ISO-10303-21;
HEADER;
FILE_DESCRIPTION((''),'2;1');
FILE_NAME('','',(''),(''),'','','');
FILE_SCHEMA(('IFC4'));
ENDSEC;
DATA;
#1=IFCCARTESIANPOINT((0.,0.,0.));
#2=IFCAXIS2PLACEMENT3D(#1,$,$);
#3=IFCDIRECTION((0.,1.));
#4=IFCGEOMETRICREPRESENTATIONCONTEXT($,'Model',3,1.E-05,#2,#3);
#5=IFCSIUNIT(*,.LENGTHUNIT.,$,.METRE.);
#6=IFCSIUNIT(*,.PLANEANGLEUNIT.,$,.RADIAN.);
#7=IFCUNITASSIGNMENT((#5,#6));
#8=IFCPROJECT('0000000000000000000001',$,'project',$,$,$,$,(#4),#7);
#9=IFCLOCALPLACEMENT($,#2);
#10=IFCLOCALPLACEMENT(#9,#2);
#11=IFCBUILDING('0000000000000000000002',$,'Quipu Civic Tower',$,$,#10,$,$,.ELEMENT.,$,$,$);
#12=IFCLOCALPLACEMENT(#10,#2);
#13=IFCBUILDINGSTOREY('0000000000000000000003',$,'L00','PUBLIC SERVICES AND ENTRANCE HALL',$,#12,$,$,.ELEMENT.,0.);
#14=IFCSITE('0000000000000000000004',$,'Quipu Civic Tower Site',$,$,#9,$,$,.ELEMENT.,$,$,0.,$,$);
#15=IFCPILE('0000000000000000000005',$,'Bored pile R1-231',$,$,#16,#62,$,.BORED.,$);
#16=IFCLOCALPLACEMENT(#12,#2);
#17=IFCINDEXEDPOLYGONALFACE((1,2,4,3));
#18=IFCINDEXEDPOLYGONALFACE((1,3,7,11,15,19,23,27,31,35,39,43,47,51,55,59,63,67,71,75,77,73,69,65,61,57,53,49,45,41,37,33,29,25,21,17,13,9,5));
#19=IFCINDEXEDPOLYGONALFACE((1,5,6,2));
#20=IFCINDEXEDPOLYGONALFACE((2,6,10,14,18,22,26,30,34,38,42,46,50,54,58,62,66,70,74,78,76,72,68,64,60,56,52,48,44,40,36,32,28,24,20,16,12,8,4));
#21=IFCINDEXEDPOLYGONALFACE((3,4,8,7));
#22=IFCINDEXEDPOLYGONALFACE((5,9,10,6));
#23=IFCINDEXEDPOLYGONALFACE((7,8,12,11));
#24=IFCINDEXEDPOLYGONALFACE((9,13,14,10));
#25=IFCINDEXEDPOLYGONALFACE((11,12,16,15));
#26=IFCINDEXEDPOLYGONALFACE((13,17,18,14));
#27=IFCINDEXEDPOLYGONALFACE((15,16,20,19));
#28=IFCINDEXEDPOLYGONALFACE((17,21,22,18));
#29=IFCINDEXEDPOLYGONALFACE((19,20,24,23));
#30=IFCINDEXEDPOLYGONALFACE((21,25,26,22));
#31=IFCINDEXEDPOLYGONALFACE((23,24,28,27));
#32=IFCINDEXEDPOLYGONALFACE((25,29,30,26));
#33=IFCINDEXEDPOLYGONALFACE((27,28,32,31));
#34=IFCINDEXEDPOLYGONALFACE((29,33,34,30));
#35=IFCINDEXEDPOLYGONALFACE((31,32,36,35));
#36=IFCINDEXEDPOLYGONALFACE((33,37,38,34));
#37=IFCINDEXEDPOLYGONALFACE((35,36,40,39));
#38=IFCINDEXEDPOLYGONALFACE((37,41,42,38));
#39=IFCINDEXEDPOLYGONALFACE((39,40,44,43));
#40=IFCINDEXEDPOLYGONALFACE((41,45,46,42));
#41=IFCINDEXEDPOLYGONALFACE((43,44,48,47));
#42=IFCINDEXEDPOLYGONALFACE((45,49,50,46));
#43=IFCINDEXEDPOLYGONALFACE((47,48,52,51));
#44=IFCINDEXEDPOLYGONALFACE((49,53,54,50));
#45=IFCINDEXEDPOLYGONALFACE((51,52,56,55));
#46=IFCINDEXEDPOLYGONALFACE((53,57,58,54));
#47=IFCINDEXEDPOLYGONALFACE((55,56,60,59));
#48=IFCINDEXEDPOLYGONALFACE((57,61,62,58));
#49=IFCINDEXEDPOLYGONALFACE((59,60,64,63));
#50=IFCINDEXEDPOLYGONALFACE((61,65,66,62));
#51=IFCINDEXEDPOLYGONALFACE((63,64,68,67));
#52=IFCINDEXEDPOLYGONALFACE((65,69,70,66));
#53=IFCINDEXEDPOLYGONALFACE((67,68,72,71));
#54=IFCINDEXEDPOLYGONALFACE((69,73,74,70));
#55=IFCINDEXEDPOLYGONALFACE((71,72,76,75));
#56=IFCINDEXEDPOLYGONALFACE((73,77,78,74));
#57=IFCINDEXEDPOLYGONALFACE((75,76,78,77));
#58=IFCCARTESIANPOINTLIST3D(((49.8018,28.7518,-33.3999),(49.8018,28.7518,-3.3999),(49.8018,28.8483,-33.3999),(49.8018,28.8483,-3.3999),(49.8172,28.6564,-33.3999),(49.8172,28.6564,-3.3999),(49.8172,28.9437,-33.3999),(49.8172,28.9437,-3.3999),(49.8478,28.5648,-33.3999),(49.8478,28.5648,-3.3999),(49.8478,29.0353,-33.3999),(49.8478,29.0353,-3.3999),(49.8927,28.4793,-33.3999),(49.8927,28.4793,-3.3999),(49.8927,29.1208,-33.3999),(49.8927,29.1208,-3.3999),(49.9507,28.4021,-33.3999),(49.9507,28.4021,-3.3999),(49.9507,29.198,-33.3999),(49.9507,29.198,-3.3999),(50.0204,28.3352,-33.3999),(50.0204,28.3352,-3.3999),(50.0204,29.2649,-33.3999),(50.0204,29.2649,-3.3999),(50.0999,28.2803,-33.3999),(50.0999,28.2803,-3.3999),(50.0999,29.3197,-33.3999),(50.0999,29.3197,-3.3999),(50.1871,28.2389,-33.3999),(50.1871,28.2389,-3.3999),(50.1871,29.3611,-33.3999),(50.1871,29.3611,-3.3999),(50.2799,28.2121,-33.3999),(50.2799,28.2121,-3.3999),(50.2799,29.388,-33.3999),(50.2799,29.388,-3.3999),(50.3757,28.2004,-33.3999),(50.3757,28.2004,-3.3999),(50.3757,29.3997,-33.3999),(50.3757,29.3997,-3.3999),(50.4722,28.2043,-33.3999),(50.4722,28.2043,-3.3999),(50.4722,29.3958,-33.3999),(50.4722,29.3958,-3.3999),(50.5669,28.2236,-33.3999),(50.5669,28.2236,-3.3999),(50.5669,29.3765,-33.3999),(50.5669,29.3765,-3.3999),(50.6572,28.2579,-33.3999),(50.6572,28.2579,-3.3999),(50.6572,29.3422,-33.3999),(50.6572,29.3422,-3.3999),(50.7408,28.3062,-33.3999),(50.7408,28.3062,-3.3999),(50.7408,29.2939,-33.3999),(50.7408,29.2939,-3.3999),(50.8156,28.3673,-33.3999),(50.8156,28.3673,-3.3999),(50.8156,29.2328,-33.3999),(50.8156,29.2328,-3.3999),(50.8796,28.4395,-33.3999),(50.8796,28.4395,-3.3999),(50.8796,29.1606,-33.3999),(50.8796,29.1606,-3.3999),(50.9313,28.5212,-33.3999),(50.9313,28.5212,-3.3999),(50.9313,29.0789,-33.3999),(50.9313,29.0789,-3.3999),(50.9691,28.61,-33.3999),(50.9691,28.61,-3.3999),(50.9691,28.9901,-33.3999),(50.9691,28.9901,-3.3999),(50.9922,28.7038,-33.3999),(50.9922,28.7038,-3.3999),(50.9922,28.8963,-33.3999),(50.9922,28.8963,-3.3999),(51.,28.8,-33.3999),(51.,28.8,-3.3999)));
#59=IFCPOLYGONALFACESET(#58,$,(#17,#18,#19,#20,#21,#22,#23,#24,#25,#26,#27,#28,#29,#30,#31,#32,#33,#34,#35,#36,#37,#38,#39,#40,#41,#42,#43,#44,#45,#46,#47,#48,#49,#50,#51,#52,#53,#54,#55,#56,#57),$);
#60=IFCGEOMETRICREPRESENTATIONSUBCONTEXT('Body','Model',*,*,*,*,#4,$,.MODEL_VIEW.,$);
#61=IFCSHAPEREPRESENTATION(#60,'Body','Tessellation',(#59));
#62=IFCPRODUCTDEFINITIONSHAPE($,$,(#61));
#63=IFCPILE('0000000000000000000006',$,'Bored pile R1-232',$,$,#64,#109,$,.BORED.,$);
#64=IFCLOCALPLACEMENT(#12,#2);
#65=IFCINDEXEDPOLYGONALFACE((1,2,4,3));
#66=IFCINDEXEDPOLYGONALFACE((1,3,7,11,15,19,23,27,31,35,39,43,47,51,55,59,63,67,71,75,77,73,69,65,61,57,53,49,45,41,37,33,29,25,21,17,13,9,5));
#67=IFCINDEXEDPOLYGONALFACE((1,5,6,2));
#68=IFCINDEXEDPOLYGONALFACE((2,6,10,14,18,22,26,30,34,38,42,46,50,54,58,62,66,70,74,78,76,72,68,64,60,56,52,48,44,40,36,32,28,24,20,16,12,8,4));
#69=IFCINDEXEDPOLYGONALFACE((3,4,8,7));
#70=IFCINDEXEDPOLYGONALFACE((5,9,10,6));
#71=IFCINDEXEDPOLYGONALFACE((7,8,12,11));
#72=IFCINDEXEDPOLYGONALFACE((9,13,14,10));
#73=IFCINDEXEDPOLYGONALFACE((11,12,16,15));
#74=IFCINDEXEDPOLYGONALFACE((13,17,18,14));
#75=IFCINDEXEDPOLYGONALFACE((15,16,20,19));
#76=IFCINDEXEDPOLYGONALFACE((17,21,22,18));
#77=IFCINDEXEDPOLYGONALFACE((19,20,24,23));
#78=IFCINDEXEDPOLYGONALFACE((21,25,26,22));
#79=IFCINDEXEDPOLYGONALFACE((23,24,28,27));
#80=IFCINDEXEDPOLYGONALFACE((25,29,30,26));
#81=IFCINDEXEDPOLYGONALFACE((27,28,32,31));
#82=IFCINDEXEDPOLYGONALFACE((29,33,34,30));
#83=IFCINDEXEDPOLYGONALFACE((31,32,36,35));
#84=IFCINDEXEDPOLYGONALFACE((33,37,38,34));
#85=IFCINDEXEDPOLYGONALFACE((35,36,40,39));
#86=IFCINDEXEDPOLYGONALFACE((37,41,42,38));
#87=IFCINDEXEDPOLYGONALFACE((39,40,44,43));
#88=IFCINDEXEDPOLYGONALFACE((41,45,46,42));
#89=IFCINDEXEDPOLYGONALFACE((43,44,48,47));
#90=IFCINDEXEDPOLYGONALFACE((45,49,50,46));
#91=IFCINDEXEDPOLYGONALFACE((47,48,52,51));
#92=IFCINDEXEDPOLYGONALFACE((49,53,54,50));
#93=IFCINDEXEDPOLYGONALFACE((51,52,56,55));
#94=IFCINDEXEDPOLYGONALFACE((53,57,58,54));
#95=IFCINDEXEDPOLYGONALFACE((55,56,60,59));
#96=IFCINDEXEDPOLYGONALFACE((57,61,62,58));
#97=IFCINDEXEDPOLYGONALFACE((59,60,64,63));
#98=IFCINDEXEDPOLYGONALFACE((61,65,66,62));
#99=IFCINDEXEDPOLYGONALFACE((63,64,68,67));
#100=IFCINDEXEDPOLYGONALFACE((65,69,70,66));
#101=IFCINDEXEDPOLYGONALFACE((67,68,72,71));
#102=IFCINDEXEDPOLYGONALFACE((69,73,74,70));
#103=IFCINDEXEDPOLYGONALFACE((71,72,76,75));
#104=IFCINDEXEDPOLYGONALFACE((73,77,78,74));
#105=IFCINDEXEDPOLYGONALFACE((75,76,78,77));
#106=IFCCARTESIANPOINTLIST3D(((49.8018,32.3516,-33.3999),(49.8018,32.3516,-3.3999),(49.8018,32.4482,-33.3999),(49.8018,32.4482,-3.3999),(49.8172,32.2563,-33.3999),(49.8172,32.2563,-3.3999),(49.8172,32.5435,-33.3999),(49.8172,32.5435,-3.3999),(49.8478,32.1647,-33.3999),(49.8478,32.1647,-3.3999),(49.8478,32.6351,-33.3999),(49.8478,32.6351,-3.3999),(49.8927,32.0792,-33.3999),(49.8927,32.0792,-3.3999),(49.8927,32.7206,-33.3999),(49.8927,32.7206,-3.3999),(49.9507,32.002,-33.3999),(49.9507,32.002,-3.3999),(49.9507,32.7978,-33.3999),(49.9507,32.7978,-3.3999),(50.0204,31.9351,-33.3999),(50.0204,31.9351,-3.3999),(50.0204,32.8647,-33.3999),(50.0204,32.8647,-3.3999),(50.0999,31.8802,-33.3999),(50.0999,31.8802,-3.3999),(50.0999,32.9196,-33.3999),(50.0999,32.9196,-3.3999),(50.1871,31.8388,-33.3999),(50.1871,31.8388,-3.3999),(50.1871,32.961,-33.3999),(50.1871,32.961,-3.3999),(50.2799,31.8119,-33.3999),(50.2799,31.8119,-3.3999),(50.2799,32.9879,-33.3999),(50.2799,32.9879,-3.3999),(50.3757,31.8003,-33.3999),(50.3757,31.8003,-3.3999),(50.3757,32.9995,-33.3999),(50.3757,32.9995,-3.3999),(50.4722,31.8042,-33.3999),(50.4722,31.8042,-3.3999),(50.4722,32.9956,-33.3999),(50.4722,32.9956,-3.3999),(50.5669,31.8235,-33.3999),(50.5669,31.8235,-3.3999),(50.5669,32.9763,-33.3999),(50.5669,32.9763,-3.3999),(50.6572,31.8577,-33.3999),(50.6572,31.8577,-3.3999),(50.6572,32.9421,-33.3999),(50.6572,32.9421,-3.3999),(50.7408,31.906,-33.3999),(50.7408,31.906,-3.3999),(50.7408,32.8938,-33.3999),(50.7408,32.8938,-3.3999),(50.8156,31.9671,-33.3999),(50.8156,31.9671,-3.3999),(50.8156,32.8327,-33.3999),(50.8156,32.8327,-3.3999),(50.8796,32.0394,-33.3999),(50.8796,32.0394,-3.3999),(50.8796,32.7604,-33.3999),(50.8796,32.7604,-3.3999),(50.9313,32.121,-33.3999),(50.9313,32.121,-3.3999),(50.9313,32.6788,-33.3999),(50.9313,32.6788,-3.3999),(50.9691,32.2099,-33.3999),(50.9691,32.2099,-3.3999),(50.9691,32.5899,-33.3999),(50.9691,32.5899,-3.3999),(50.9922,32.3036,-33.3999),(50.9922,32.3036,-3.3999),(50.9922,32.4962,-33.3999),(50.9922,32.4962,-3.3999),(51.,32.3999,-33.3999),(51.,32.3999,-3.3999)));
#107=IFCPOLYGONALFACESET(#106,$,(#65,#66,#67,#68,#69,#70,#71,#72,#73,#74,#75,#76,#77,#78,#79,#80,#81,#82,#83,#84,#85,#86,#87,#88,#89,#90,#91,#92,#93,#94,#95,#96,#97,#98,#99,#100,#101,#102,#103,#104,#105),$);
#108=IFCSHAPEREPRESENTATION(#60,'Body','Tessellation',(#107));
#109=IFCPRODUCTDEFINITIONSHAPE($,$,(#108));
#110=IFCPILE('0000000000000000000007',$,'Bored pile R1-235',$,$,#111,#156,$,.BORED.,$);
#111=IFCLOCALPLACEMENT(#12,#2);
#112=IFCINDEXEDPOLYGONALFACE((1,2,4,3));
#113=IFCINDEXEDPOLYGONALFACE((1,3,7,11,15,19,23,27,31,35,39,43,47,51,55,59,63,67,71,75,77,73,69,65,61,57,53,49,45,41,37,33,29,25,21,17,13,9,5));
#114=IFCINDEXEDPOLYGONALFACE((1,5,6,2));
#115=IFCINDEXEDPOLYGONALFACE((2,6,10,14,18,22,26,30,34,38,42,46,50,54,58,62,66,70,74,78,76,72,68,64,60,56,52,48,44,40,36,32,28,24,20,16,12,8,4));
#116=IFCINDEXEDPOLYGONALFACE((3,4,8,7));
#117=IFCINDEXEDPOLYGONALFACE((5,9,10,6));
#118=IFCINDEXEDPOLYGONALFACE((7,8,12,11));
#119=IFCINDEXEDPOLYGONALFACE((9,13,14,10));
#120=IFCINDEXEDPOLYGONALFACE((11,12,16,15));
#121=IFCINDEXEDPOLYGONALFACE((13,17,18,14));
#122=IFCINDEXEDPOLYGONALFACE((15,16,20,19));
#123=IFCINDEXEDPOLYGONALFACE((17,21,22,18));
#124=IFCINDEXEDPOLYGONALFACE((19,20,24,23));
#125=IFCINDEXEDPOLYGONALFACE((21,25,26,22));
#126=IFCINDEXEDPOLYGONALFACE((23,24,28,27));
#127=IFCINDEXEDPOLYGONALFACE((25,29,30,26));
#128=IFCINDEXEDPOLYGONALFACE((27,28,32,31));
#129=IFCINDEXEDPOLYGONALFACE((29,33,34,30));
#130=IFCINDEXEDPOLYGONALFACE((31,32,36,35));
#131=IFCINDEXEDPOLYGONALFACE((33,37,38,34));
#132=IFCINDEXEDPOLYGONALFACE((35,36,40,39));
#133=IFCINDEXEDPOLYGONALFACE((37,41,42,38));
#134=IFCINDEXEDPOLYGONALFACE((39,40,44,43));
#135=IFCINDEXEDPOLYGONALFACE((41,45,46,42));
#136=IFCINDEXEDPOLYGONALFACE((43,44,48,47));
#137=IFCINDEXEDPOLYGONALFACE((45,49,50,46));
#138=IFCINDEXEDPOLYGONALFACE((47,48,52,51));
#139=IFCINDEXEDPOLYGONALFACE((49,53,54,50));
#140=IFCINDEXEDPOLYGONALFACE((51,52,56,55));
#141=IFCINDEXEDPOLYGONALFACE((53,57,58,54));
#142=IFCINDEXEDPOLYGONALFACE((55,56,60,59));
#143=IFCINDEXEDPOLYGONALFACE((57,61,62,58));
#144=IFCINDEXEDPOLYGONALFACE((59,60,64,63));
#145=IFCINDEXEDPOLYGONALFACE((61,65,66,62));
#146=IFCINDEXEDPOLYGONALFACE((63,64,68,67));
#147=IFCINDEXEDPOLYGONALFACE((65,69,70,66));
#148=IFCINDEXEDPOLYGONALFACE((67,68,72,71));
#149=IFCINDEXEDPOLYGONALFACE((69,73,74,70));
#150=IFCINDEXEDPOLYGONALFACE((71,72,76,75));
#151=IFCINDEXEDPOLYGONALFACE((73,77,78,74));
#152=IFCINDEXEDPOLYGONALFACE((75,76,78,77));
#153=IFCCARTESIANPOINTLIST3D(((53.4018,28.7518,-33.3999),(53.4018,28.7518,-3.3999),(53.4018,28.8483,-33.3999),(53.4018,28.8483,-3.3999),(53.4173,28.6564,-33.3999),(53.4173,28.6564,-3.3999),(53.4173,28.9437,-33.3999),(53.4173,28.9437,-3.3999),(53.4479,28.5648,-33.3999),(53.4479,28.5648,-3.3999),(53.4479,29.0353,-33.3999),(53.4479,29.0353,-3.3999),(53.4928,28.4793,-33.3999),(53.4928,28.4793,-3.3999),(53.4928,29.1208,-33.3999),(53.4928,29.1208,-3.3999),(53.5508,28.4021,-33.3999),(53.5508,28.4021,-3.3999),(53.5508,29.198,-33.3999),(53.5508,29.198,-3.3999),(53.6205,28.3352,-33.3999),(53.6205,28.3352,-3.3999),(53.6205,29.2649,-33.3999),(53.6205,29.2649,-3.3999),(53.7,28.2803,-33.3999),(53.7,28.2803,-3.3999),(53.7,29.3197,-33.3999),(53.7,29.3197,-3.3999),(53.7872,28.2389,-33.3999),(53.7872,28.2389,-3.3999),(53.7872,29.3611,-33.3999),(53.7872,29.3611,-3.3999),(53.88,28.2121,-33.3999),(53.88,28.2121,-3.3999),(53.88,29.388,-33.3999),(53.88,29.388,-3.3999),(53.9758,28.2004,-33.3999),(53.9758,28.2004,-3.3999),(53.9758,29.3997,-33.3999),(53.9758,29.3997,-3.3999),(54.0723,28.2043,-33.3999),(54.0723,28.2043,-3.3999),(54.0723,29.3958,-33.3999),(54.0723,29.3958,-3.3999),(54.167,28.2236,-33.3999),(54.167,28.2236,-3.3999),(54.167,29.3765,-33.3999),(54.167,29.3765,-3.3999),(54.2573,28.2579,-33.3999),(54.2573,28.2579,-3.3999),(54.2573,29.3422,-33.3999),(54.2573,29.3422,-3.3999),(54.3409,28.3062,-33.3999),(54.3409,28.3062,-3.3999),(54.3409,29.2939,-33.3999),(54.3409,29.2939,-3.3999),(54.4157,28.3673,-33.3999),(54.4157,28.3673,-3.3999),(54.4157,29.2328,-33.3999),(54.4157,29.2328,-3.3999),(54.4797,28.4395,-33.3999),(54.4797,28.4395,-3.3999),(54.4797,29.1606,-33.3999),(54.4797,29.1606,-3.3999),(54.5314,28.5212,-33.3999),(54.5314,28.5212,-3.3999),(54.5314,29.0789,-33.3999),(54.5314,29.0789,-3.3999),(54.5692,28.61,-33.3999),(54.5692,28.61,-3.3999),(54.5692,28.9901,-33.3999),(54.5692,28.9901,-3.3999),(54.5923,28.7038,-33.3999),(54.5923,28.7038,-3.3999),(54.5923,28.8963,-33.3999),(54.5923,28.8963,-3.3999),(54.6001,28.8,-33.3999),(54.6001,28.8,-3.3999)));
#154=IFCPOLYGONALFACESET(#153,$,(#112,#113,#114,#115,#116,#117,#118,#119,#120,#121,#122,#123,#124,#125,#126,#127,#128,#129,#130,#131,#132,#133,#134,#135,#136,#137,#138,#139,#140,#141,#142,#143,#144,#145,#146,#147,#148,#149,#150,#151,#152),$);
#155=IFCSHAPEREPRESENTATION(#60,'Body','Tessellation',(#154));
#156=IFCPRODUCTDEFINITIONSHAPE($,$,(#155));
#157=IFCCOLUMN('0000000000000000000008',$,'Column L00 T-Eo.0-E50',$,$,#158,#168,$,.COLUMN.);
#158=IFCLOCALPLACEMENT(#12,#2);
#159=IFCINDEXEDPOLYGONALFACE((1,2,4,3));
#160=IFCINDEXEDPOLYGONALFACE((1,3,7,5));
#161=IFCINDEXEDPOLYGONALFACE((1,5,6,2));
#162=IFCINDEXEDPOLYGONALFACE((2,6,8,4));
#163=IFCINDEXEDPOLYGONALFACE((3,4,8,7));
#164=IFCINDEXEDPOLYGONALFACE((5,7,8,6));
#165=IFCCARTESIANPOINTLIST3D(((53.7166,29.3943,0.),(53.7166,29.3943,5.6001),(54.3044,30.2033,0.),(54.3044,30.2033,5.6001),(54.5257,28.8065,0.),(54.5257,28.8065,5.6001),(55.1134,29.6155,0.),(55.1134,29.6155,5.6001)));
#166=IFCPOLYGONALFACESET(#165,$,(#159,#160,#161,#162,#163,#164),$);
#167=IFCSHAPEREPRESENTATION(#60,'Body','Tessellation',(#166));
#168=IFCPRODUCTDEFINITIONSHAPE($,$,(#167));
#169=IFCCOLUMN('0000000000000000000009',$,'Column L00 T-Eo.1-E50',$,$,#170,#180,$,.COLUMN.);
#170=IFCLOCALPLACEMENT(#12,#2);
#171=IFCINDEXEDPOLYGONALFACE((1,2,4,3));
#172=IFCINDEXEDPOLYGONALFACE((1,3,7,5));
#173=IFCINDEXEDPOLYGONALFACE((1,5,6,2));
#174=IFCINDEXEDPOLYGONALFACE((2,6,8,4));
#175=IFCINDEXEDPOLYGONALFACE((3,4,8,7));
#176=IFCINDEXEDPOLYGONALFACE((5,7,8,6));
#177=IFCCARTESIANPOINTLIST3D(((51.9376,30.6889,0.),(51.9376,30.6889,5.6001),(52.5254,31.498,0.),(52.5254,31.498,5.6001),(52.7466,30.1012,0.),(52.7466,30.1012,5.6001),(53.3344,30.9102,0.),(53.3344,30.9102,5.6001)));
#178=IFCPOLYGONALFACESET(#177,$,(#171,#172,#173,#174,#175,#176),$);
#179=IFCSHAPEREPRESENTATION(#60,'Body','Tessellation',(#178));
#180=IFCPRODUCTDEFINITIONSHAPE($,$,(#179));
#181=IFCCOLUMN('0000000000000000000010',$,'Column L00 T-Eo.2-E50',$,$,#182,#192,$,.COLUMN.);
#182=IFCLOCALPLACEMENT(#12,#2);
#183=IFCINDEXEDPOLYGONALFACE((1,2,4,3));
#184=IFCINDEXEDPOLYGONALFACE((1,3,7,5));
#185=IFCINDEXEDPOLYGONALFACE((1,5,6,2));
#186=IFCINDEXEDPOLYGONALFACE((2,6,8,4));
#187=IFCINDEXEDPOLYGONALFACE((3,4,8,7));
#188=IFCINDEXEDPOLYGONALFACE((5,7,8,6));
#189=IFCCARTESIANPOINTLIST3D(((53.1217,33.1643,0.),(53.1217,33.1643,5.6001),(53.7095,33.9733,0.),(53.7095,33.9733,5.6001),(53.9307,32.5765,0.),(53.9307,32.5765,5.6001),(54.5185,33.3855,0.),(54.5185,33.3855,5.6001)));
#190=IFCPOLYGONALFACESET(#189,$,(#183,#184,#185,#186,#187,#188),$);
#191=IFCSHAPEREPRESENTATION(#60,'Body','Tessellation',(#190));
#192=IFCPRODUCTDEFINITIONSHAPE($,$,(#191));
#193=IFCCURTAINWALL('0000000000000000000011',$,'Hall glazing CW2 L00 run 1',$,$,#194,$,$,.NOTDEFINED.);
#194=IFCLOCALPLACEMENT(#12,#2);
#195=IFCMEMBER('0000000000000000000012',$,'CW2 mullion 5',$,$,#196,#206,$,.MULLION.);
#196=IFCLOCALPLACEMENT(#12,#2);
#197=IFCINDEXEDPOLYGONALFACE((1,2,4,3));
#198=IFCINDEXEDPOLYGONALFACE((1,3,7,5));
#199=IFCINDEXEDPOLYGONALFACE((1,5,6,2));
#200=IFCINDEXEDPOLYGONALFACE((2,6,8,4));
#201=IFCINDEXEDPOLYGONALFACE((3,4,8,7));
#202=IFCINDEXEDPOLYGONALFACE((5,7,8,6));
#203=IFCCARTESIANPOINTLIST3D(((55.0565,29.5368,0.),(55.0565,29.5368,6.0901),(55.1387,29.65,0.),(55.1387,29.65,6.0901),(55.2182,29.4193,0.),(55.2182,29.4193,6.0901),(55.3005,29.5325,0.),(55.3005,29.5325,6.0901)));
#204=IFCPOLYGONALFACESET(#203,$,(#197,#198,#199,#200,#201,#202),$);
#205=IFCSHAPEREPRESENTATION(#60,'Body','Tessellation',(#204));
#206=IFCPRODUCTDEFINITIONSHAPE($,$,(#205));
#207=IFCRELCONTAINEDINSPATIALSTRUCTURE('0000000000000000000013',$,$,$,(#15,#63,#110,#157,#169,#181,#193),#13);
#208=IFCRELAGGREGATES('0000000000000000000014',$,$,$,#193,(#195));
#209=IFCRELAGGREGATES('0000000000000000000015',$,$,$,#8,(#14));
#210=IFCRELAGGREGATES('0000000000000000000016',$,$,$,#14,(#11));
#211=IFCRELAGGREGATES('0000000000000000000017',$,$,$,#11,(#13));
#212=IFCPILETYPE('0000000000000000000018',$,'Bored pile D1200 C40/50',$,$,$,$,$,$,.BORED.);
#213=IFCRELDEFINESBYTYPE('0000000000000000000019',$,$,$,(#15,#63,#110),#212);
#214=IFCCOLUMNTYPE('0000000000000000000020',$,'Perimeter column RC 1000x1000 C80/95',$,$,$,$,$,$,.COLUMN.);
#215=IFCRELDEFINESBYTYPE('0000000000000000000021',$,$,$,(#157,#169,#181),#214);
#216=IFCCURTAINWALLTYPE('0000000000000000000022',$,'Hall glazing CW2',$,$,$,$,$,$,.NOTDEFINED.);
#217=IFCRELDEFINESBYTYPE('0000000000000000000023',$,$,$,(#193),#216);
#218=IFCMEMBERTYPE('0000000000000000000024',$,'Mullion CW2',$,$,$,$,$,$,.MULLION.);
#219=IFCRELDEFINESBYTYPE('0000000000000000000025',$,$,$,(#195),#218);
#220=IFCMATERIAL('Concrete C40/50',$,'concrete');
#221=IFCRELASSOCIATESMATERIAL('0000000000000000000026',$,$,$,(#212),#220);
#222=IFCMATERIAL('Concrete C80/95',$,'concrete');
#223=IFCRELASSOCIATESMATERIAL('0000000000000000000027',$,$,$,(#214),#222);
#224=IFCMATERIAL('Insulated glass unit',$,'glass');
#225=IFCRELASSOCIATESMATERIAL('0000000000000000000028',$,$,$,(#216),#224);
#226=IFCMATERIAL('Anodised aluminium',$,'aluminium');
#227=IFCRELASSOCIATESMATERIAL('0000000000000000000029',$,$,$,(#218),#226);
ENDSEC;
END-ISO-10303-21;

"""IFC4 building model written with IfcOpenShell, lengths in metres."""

from ifc_helpers import new_model, si_unit, direction, frame, origin, origin_2d, place, context, subcontext, project, spatial, rectangle, circle, extrude, material, material_profile, profile_set, type_object, element, aggregate, save


model = new_model("IFC4")

# Units and contexts
model_context = context("Model", 3, precision=1e-05, world=origin(), true_north=direction((0.0, 1.0)))
body_context = subcontext(model_context, "Body", "Model", "MODEL_VIEW")
ifc_project = project(units=[si_unit("LENGTHUNIT", "METRE"), si_unit("PLANEANGLEUNIT", "RADIAN")], contexts=[model_context])

# Site, building, storey
site_placement = place(None, origin())
site = spatial("IfcSite", under=ifc_project, at=site_placement, Name="Quipu Civic Tower Site", CompositionType="ELEMENT", RefElevation=0.0)
building_placement = place(site_placement, origin())
building = spatial("IfcBuilding", under=site, at=building_placement, Name="Quipu Civic Tower", CompositionType="ELEMENT")
storey_placement = place(building_placement, origin())
storey = spatial("IfcBuildingStorey", under=building, at=storey_placement, Name="L00", Description="PUBLIC SERVICES AND ENTRANCE HALL", CompositionType="ELEMENT", Elevation=0.0)

# Piles
ifc_material_1 = material(Name="Concrete C40/50", Category="concrete")
ifc_material_profile_1 = material_profile(ifc_material_1, circle(Radius=0.6001, at=origin_2d()), Name="RCD1200")
ifc_profile_set_1 = profile_set([ifc_material_profile_1], Name="Concrete C40/50")
pile_type = type_object("IfcPileType", Name="Bored pile D1200 C40/50", PredefinedType="BORED", material=ifc_profile_set_1)
for number, where, z_axis, x_axis, name in (
    (1, (50.3999, 28.8, -3.3999), (0.0, 0.0, -1.0), (1.0, 0.0, 0.0), "Bored pile R1-231"),
    (2, (50.3999, 32.3999, -3.3999), (0.0, 0.0, -1.0), (1.0, 0.0, 0.0), "Bored pile R1-232"),
    (3, (54.0, 28.8, -3.3999), (0.0, 0.0, -1.0), (1.0, 0.0, 0.0), "Bored pile R1-235"),
):
    element("IfcPile", number, at=place(storey_placement, frame(where, z_axis=z_axis, x_axis=x_axis)), inside=storey, type_object=pile_type, Name=name, PredefinedType="BORED", context=body_context, shape_type="SweptSolid", body=[
        extrude(circle(Radius=0.6001, at=origin_2d()), origin(), (0.0, 0.0, 1.0), 30.0),
    ])

# Columns
ifc_material_2 = material(Name="Concrete C80/95", Category="concrete")
ifc_material_profile_2 = material_profile(ifc_material_2, rectangle(XDim=1.0, YDim=1.0, at=origin_2d()), Name="RC1000x1000")
ifc_profile_set_2 = profile_set([ifc_material_profile_2], Name="Concrete C80/95")
column_type = type_object("IfcColumnType", Name="Perimeter column RC 1000x1000 C80/95", PredefinedType="COLUMN", material=ifc_profile_set_2)
for number, where, z_axis, x_axis, name in (
    (4, (54.415, 29.5049, 0.0), (0.0, 0.0, 1.0), (0.587785, 0.809017, 0.0), "Column L00 T-Eo.0-E50"),
    (5, (52.636, 30.7996, 0.0), (0.0, 0.0, 1.0), (-0.809017, 0.587785, 0.0), "Column L00 T-Eo.1-E50"),
    (6, (53.8201, 33.2749, 0.0), (0.0, 0.0, 1.0), (-0.809017, 0.587785, 0.0), "Column L00 T-Eo.2-E50"),
):
    element("IfcColumn", number, at=place(storey_placement, frame(where, z_axis=z_axis, x_axis=x_axis)), inside=storey, type_object=column_type, Name=name, PredefinedType="COLUMN", context=body_context, shape_type="SweptSolid", body=[
        extrude(rectangle(XDim=1.0, YDim=1.0, at=origin_2d()), origin(), (0.0, 0.0, 1.0), 5.6001),
    ])

# Curtain wall, member
ifc_material_3 = material(Name="Insulated glass unit", Category="glass")
curtain_wall_type = type_object("IfcCurtainWallType", Name="Hall glazing CW2", PredefinedType="NOTDEFINED", material=ifc_material_3)
curtain_wall_1_placement = place(storey_placement, origin())
curtain_wall_1 = element("IfcCurtainWall", 7, at=curtain_wall_1_placement, inside=storey, type_object=curtain_wall_type, Name="Hall glazing CW2 L00 run 1", PredefinedType="NOTDEFINED")
ifc_material_4 = material(Name="Anodised aluminium", Category="aluminium")
ifc_material_profile_3 = material_profile(ifc_material_4, rectangle(XDim=0.2, YDim=0.1399, at=origin_2d()), Name="RECT 200x140")
ifc_profile_set_3 = profile_set([ifc_material_profile_3], Name="Anodised aluminium")
member_type_1 = type_object("IfcMemberType", Name="Mullion CW2", PredefinedType="MULLION", material=ifc_profile_set_3)
member_1_placement = place(storey_placement, frame((55.1785, 29.5347, 0.0), z_axis=(0.0, 0.0, 1.0), x_axis=(-0.809018, 0.587784, 0.0)))
member_1 = element("IfcMember", 8, at=member_1_placement, type_object=member_type_1, Name="CW2 mullion 5", PredefinedType="MULLION", context=body_context, shape_type="SweptSolid", body=[
    extrude(rectangle(XDim=0.2, YDim=0.1399, at=origin_2d()), origin(), (0.0, 0.0, 1.0), 6.0901),
])
aggregate(curtain_wall_1, [member_1])

save(model, "model.ifc")
